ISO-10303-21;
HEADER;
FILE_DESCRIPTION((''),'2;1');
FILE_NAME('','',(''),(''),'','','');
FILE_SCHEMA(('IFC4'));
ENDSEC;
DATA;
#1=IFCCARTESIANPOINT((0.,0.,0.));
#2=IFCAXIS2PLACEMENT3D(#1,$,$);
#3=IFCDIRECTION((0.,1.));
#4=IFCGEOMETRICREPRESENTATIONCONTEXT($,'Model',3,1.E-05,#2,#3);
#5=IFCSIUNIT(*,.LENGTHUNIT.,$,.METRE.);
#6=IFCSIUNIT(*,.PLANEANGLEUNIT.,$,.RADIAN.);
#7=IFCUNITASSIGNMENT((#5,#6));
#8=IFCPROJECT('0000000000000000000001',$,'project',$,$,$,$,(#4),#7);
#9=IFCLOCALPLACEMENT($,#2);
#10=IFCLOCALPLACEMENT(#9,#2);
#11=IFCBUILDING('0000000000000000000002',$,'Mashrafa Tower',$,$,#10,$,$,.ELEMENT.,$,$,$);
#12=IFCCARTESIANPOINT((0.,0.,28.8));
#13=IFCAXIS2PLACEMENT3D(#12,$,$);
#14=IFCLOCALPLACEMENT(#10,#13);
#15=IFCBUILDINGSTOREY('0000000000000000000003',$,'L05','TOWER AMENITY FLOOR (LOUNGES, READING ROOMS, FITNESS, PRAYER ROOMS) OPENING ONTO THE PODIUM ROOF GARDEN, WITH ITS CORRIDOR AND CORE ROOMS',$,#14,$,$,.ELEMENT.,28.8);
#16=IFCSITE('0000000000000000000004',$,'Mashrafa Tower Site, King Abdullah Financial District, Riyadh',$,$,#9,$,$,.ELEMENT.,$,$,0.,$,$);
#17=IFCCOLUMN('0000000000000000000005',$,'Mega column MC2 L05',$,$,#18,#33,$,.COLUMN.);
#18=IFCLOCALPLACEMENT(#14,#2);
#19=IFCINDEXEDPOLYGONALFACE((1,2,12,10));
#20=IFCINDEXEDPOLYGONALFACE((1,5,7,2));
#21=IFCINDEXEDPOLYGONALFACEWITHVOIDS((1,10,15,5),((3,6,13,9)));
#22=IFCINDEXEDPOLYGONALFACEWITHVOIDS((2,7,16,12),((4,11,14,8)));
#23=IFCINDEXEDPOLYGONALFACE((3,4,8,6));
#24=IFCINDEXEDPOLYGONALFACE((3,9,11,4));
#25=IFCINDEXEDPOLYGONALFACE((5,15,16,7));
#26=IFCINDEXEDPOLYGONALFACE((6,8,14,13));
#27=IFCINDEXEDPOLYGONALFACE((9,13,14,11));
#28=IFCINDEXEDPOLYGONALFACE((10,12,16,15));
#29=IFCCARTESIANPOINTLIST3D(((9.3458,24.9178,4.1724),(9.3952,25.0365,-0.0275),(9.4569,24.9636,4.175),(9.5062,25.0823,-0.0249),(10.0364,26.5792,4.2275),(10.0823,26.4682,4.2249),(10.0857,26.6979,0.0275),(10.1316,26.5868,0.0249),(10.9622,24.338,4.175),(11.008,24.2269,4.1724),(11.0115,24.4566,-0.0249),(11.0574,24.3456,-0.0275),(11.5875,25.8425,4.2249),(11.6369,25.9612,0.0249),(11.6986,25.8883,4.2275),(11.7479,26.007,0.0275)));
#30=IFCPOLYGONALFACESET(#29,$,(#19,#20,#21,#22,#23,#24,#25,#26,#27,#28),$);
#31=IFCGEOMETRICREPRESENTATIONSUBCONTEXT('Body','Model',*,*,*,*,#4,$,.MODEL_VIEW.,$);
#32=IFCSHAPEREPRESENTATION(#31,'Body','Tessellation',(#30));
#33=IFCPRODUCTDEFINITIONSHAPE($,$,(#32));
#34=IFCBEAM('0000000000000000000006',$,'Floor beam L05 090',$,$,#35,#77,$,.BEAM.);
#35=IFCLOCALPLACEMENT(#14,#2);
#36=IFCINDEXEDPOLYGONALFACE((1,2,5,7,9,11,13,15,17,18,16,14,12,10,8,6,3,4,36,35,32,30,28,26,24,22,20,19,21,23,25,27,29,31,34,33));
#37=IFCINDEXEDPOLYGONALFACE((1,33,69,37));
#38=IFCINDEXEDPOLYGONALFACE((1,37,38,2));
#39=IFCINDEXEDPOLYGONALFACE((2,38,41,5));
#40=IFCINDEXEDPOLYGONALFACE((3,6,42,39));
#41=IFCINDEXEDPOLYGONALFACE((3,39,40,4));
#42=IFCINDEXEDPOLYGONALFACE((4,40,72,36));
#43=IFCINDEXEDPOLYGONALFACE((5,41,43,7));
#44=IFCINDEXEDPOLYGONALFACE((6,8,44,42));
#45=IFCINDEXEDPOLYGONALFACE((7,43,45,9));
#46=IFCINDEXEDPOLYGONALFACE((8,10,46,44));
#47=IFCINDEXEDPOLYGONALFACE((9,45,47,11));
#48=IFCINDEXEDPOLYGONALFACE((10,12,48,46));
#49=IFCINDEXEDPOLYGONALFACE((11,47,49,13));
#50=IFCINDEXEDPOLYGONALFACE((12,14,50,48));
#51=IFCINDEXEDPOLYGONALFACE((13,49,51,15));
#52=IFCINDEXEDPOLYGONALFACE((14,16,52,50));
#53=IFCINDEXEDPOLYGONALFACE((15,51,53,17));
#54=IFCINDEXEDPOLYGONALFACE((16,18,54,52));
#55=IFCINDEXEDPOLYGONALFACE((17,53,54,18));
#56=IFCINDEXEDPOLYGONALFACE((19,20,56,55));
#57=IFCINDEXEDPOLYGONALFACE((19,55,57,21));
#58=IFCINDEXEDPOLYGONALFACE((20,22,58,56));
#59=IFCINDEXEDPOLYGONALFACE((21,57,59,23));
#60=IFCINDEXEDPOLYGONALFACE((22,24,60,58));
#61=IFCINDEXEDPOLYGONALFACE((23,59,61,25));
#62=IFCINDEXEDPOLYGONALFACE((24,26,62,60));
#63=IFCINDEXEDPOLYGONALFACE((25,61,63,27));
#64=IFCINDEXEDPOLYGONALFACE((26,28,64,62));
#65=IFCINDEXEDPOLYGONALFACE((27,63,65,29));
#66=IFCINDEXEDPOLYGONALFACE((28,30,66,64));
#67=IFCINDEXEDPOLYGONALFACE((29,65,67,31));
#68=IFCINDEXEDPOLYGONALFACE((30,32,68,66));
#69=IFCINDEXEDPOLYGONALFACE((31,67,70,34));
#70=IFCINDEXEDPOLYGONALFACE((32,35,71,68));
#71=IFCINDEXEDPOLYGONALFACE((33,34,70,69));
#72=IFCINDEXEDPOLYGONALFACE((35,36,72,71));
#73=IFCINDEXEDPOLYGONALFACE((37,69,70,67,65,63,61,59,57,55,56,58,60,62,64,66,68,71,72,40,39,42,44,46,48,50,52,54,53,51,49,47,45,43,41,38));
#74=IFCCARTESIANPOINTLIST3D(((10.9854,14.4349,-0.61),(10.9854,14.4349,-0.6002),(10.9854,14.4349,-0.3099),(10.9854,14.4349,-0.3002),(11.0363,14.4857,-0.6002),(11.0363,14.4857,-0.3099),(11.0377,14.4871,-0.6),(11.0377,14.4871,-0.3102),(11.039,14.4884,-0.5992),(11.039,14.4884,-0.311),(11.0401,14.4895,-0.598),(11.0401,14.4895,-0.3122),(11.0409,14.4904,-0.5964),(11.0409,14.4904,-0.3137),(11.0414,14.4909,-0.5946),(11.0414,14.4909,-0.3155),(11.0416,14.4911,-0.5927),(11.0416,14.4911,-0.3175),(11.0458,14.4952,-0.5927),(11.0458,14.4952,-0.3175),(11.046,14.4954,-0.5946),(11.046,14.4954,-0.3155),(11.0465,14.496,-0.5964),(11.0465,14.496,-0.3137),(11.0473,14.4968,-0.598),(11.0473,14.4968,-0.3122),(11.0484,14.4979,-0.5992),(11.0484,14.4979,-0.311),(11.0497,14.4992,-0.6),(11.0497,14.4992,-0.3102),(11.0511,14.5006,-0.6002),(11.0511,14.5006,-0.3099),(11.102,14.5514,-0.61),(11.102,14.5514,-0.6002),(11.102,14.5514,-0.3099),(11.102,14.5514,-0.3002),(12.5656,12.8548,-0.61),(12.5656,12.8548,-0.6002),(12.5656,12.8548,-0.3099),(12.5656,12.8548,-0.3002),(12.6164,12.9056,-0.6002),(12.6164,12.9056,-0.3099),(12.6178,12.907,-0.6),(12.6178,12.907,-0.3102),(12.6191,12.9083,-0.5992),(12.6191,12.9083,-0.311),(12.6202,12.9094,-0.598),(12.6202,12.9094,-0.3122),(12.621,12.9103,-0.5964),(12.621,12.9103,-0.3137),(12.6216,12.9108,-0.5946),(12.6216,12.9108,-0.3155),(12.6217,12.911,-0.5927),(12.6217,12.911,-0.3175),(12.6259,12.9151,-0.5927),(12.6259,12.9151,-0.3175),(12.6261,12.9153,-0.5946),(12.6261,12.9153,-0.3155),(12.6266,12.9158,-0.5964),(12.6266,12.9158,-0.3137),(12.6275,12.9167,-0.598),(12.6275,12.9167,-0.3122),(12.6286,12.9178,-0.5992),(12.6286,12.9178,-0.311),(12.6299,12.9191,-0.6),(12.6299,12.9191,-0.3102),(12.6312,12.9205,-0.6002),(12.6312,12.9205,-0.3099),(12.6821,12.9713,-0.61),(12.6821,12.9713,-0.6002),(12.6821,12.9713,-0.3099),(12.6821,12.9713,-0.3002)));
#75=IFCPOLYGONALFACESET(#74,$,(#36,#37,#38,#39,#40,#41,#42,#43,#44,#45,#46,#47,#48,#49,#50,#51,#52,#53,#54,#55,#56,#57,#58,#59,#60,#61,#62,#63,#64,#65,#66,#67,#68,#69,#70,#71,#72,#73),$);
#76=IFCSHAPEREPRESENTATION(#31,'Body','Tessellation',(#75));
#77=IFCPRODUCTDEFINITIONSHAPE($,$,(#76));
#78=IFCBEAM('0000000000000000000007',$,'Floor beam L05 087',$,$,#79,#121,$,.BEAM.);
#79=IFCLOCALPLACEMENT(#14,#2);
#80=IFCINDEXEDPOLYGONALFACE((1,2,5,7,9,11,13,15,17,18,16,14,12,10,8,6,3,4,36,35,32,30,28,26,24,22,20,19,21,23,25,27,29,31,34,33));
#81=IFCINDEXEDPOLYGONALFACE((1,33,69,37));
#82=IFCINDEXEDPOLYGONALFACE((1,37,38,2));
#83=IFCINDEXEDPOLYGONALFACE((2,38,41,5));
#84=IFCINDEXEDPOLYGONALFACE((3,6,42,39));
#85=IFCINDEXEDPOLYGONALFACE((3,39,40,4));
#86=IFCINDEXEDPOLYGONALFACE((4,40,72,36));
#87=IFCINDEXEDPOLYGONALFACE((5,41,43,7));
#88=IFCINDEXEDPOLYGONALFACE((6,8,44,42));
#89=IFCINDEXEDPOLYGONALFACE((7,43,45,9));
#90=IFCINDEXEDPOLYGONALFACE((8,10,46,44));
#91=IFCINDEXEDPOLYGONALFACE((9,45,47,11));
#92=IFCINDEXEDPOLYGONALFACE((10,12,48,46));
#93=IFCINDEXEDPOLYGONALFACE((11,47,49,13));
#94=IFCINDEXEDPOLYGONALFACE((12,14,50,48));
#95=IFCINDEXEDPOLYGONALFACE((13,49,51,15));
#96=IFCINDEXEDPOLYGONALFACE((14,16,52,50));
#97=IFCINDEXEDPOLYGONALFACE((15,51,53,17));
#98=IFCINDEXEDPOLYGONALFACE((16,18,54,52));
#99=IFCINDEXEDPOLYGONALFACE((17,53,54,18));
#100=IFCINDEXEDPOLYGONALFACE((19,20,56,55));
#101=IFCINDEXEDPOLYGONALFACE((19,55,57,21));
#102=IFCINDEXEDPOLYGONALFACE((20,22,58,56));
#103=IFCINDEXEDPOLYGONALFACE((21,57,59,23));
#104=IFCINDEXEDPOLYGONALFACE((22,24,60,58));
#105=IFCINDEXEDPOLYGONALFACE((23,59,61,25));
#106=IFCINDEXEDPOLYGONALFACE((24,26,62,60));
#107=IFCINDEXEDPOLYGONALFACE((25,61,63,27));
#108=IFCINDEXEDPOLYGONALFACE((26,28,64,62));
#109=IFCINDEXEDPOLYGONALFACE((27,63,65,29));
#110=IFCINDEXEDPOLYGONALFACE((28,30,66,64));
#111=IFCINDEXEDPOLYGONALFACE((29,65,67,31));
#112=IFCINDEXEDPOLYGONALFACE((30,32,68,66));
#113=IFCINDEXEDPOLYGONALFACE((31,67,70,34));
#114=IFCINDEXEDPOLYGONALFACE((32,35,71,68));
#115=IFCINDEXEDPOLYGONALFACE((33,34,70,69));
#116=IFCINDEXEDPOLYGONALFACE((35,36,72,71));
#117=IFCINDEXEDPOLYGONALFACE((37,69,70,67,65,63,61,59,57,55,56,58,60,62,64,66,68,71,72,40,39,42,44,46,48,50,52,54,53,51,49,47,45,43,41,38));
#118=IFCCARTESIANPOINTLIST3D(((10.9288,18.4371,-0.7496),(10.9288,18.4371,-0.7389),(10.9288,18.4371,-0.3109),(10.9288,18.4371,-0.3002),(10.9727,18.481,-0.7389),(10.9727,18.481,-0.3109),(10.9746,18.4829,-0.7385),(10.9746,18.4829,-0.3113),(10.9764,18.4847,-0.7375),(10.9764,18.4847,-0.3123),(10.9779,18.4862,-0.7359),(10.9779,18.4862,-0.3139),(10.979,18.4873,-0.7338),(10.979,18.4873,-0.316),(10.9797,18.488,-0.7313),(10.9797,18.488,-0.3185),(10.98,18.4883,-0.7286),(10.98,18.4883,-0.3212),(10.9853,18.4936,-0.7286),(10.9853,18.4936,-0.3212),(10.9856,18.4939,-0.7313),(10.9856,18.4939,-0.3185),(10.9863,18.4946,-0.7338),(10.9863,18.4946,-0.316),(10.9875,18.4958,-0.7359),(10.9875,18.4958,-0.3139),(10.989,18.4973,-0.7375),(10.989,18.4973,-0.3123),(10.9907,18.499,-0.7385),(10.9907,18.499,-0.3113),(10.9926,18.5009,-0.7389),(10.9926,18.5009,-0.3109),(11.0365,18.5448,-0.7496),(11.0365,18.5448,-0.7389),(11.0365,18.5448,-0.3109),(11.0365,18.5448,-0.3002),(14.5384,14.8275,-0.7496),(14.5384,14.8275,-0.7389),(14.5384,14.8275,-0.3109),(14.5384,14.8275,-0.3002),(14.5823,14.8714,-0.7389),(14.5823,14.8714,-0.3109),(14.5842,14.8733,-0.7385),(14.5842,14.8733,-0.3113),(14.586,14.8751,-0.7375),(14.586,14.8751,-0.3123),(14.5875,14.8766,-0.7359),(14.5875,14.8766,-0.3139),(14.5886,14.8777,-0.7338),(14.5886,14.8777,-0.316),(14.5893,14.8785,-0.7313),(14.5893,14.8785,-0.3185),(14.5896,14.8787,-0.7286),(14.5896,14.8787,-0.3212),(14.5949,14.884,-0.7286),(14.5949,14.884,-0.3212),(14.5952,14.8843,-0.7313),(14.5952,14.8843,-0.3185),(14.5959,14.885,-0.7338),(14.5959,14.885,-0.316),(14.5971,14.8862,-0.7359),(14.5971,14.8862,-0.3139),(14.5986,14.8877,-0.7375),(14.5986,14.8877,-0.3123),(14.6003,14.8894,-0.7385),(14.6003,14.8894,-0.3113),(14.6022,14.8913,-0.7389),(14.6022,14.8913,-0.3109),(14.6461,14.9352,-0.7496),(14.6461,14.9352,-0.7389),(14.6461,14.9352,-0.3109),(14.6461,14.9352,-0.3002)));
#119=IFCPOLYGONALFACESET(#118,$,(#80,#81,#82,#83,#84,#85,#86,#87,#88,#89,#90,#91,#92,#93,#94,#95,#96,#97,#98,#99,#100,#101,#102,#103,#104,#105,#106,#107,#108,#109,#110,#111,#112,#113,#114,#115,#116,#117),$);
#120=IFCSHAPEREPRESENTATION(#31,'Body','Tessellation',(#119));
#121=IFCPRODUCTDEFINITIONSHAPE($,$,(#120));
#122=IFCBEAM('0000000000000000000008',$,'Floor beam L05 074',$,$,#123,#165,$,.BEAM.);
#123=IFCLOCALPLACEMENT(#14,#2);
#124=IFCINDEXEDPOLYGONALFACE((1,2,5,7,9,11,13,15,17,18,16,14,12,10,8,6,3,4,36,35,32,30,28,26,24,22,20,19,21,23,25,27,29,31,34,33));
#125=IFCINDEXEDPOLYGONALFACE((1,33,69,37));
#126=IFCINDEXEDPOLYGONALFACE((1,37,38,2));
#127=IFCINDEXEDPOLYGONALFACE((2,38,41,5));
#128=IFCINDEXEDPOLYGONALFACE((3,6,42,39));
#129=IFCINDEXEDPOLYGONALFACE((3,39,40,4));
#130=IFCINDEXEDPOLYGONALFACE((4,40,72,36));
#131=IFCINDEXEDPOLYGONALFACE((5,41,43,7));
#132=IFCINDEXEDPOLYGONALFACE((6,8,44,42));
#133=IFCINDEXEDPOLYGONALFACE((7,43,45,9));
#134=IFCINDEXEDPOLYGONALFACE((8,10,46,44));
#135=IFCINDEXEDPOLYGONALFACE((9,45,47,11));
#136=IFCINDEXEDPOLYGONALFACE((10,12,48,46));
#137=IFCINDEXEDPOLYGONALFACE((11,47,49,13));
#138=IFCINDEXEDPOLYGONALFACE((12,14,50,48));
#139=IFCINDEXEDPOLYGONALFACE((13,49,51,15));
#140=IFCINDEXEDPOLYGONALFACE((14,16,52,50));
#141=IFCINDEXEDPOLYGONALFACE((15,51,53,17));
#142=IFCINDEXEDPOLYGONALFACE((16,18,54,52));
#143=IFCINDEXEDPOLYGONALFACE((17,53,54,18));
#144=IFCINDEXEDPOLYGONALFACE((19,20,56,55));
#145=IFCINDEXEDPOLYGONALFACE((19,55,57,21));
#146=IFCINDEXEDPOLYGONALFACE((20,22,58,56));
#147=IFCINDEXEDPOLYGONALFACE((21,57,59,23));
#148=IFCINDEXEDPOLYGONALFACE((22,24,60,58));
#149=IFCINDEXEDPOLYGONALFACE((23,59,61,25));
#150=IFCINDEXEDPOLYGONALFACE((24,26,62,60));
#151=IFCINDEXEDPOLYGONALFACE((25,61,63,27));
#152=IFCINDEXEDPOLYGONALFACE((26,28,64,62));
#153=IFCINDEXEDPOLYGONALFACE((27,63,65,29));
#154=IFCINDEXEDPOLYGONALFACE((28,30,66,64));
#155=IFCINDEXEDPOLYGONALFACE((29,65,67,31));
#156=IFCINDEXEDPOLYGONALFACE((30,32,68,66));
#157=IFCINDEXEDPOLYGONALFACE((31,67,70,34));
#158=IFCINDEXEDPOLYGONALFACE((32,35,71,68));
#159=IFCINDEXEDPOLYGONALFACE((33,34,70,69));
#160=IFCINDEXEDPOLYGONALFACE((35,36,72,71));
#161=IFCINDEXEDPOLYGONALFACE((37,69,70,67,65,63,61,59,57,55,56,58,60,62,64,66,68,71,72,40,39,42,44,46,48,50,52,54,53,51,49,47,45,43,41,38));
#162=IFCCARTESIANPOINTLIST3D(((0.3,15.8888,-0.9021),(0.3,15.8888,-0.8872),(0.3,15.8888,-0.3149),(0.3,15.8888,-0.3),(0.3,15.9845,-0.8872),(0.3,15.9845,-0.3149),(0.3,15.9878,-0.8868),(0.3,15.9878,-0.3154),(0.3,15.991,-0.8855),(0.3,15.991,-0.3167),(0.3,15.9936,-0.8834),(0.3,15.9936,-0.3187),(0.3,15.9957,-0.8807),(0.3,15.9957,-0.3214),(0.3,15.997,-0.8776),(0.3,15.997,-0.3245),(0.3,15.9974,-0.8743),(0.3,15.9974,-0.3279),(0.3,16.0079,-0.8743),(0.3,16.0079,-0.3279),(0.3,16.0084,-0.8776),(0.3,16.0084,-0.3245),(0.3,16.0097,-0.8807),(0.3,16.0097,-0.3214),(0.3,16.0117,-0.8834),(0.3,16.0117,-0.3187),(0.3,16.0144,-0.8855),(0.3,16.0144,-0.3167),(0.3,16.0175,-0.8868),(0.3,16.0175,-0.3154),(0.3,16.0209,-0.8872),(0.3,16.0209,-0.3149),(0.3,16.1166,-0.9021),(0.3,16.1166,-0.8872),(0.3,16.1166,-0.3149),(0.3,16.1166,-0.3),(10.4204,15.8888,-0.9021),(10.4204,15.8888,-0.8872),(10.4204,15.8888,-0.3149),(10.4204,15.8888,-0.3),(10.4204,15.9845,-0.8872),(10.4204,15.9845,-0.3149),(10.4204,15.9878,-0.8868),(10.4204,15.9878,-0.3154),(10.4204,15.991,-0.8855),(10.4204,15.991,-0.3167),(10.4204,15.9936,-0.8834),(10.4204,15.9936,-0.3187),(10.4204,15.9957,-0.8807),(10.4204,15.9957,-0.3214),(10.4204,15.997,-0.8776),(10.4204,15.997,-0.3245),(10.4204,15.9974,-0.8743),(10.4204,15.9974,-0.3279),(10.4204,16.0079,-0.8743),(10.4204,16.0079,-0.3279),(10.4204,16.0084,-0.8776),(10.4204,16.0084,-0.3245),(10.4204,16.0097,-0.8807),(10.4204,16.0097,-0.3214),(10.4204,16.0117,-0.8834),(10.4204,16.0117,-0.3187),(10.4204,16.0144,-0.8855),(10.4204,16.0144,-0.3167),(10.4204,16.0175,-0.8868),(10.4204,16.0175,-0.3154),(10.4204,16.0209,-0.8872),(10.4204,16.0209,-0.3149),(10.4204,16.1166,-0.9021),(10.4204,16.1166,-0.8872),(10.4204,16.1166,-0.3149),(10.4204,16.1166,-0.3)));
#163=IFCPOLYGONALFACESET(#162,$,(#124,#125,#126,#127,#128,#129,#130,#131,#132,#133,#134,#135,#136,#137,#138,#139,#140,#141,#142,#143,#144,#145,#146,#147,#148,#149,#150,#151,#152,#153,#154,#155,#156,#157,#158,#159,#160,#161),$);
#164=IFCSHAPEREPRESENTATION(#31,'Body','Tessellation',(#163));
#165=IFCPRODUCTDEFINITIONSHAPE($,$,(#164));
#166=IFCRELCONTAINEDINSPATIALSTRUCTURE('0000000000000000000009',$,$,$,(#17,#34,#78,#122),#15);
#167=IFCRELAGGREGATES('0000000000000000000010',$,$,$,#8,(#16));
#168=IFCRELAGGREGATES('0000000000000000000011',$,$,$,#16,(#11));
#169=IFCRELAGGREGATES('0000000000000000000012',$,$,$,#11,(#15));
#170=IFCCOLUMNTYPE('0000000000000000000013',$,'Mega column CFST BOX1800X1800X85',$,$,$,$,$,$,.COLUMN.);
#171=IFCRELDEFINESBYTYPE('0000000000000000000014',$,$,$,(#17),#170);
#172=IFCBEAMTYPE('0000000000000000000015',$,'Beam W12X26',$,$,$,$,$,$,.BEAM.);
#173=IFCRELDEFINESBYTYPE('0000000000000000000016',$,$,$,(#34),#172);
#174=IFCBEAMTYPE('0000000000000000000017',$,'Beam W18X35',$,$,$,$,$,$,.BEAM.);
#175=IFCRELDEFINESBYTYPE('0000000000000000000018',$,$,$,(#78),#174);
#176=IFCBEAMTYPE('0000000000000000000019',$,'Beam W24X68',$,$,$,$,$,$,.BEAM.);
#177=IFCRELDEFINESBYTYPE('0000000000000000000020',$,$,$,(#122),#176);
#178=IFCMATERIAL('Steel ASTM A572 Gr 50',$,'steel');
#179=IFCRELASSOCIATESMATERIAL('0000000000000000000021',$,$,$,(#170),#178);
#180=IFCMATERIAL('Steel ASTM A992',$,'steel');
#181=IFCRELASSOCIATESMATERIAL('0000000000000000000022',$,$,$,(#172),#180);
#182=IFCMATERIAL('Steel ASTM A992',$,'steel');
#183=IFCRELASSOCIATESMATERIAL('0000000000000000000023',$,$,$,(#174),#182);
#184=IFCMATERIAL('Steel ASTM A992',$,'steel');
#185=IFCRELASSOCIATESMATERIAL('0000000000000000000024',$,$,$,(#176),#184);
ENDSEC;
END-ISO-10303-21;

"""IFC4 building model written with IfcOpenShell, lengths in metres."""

from ifc_helpers import new_model, si_unit, direction, frame, origin, origin_2d, place, context, subcontext, project, spatial, hollow_rectangle, i_section, extrude, material, material_profile, profile_set, type_object, element, save


model = new_model("IFC4")

# Units and contexts
model_context = context("Model", 3, precision=1e-05, world=origin(), true_north=direction((0.0, 1.0)))
body_context = subcontext(model_context, "Body", "Model", "MODEL_VIEW")
ifc_project = project(units=[si_unit("LENGTHUNIT", "METRE"), si_unit("PLANEANGLEUNIT", "RADIAN")], contexts=[model_context])

# Site, building, storey
site_placement = place(None, origin())
site = spatial("IfcSite", under=ifc_project, at=site_placement, Name="Mashrafa Tower Site, King Abdullah Financial District, Riyadh", CompositionType="ELEMENT", RefElevation=0.0)
building_placement = place(site_placement, origin())
building = spatial("IfcBuilding", under=site, at=building_placement, Name="Mashrafa Tower", CompositionType="ELEMENT")
storey_placement = place(building_placement, frame((0.0, 0.0, 28.8)))
storey = spatial("IfcBuildingStorey", under=building, at=storey_placement, Name="L05", Description="TOWER AMENITY FLOOR (LOUNGES, READING ROOMS, FITNESS, PRAYER ROOMS) OPENING ONTO THE PODIUM ROOF GARDEN, WITH ITS CORRIDOR AND CORE ROOMS", CompositionType="ELEMENT", Elevation=28.8)

# Column
ifc_material_1 = material(Name="Steel ASTM A572 Gr 50", Category="steel")
ifc_material_profile_1 = material_profile(ifc_material_1, hollow_rectangle(XDim=1.8, YDim=1.8, WallThickness=0.085, at=origin_2d()), Name="BOX1800X1800X85")
ifc_profile_set_1 = profile_set([ifc_material_profile_1], Name="Steel ASTM A572 Gr 50")
column_type = type_object("IfcColumnType", Name="Mega column CFST BOX1800X1800X85", PredefinedType="COLUMN", material=ifc_profile_set_1)
column_placement = place(storey_placement, frame((10.5715, 25.5217, 0.0), z_axis=(-0.011737, -0.028238, 0.999532), x_axis=(0.923414, -0.383806, 0.0)))
element("IfcColumn", 1, at=column_placement, inside=storey, type_object=column_type, Name="Mega column MC2 L05", PredefinedType="COLUMN", context=body_context, shape_type="SweptSolid", body=[
    extrude(hollow_rectangle(XDim=1.8, YDim=1.8, WallThickness=0.085, at=origin_2d()), origin(), (0.0, 0.0, 1.0), 4.2019),
])

# Beams
ifc_material_2 = material(Name="Steel ASTM A992", Category="steel")
ifc_material_profile_2 = material_profile(ifc_material_2, i_section(OverallWidth=0.1648, OverallDepth=0.3098, WebThickness=0.0059, FlangeThickness=0.0098, FilletRadius=0.0076, at=origin_2d()), Name="W12X26")
ifc_profile_set_2 = profile_set([ifc_material_profile_2], Name="Steel ASTM A992")
beam_type_1 = type_object("IfcBeamType", Name="Beam W12X26", PredefinedType="BEAM", material=ifc_profile_set_2)
beam_1_placement = place(storey_placement, frame((11.0437, 14.4932, -0.4551), z_axis=(0.707107, -0.707107, 0.0), x_axis=(0.707107, 0.707107, 0.0)))
element("IfcBeam", 2, at=beam_1_placement, inside=storey, type_object=beam_type_1, Name="Floor beam L05 090", PredefinedType="BEAM", context=body_context, shape_type="SweptSolid", body=[
    extrude(i_section(OverallWidth=0.1648, OverallDepth=0.3098, WebThickness=0.0059, FlangeThickness=0.0098, FilletRadius=0.0076, at=origin_2d()), origin(), (0.0, 0.0, 1.0), 2.2346),
])
ifc_material_3 = material(Name="Steel ASTM A992", Category="steel")
ifc_material_profile_3 = material_profile(ifc_material_3, i_section(OverallWidth=0.1523, OverallDepth=0.4495, WebThickness=0.0076, FlangeThickness=0.0107, FilletRadius=0.0103, at=origin_2d()), Name="W18X35")
ifc_profile_set_3 = profile_set([ifc_material_profile_3], Name="Steel ASTM A992")
beam_type_2 = type_object("IfcBeamType", Name="Beam W18X35", PredefinedType="BEAM", material=ifc_profile_set_3)
beam_2_placement = place(storey_placement, frame((10.9827, 18.491, -0.5249), z_axis=(0.707107, -0.707107, 0.0), x_axis=(0.707107, 0.707107, 0.0)))
element("IfcBeam", 3, at=beam_2_placement, inside=storey, type_object=beam_type_2, Name="Floor beam L05 087", PredefinedType="BEAM", context=body_context, shape_type="SweptSolid", body=[
    extrude(i_section(OverallWidth=0.1523, OverallDepth=0.4495, WebThickness=0.0076, FlangeThickness=0.0107, FilletRadius=0.0103, at=origin_2d()), origin(), (0.0, 0.0, 1.0), 5.1047),
])
ifc_material_4 = material(Name="Steel ASTM A992", Category="steel")
ifc_material_profile_4 = material_profile(ifc_material_4, i_section(OverallWidth=0.2278, OverallDepth=0.6021, WebThickness=0.0105, FlangeThickness=0.0149, FilletRadius=0.0129, at=origin_2d()), Name="W24X68")
ifc_profile_set_4 = profile_set([ifc_material_profile_4], Name="Steel ASTM A992")
beam_type_3 = type_object("IfcBeamType", Name="Beam W24X68", PredefinedType="BEAM", material=ifc_profile_set_4)
beam_3_placement = place(storey_placement, frame((0.3, 16.0027, -0.6011), z_axis=(1.0, 0.0, 0.0), x_axis=(0.0, 1.0, 0.0)))
element("IfcBeam", 4, at=beam_3_placement, inside=storey, type_object=beam_type_3, Name="Floor beam L05 074", PredefinedType="BEAM", context=body_context, shape_type="SweptSolid", body=[
    extrude(i_section(OverallWidth=0.2278, OverallDepth=0.6021, WebThickness=0.0105, FlangeThickness=0.0149, FilletRadius=0.0129, at=origin_2d()), origin(), (0.0, 0.0, 1.0), 10.1204),
])

save(model, "model.ifc")
